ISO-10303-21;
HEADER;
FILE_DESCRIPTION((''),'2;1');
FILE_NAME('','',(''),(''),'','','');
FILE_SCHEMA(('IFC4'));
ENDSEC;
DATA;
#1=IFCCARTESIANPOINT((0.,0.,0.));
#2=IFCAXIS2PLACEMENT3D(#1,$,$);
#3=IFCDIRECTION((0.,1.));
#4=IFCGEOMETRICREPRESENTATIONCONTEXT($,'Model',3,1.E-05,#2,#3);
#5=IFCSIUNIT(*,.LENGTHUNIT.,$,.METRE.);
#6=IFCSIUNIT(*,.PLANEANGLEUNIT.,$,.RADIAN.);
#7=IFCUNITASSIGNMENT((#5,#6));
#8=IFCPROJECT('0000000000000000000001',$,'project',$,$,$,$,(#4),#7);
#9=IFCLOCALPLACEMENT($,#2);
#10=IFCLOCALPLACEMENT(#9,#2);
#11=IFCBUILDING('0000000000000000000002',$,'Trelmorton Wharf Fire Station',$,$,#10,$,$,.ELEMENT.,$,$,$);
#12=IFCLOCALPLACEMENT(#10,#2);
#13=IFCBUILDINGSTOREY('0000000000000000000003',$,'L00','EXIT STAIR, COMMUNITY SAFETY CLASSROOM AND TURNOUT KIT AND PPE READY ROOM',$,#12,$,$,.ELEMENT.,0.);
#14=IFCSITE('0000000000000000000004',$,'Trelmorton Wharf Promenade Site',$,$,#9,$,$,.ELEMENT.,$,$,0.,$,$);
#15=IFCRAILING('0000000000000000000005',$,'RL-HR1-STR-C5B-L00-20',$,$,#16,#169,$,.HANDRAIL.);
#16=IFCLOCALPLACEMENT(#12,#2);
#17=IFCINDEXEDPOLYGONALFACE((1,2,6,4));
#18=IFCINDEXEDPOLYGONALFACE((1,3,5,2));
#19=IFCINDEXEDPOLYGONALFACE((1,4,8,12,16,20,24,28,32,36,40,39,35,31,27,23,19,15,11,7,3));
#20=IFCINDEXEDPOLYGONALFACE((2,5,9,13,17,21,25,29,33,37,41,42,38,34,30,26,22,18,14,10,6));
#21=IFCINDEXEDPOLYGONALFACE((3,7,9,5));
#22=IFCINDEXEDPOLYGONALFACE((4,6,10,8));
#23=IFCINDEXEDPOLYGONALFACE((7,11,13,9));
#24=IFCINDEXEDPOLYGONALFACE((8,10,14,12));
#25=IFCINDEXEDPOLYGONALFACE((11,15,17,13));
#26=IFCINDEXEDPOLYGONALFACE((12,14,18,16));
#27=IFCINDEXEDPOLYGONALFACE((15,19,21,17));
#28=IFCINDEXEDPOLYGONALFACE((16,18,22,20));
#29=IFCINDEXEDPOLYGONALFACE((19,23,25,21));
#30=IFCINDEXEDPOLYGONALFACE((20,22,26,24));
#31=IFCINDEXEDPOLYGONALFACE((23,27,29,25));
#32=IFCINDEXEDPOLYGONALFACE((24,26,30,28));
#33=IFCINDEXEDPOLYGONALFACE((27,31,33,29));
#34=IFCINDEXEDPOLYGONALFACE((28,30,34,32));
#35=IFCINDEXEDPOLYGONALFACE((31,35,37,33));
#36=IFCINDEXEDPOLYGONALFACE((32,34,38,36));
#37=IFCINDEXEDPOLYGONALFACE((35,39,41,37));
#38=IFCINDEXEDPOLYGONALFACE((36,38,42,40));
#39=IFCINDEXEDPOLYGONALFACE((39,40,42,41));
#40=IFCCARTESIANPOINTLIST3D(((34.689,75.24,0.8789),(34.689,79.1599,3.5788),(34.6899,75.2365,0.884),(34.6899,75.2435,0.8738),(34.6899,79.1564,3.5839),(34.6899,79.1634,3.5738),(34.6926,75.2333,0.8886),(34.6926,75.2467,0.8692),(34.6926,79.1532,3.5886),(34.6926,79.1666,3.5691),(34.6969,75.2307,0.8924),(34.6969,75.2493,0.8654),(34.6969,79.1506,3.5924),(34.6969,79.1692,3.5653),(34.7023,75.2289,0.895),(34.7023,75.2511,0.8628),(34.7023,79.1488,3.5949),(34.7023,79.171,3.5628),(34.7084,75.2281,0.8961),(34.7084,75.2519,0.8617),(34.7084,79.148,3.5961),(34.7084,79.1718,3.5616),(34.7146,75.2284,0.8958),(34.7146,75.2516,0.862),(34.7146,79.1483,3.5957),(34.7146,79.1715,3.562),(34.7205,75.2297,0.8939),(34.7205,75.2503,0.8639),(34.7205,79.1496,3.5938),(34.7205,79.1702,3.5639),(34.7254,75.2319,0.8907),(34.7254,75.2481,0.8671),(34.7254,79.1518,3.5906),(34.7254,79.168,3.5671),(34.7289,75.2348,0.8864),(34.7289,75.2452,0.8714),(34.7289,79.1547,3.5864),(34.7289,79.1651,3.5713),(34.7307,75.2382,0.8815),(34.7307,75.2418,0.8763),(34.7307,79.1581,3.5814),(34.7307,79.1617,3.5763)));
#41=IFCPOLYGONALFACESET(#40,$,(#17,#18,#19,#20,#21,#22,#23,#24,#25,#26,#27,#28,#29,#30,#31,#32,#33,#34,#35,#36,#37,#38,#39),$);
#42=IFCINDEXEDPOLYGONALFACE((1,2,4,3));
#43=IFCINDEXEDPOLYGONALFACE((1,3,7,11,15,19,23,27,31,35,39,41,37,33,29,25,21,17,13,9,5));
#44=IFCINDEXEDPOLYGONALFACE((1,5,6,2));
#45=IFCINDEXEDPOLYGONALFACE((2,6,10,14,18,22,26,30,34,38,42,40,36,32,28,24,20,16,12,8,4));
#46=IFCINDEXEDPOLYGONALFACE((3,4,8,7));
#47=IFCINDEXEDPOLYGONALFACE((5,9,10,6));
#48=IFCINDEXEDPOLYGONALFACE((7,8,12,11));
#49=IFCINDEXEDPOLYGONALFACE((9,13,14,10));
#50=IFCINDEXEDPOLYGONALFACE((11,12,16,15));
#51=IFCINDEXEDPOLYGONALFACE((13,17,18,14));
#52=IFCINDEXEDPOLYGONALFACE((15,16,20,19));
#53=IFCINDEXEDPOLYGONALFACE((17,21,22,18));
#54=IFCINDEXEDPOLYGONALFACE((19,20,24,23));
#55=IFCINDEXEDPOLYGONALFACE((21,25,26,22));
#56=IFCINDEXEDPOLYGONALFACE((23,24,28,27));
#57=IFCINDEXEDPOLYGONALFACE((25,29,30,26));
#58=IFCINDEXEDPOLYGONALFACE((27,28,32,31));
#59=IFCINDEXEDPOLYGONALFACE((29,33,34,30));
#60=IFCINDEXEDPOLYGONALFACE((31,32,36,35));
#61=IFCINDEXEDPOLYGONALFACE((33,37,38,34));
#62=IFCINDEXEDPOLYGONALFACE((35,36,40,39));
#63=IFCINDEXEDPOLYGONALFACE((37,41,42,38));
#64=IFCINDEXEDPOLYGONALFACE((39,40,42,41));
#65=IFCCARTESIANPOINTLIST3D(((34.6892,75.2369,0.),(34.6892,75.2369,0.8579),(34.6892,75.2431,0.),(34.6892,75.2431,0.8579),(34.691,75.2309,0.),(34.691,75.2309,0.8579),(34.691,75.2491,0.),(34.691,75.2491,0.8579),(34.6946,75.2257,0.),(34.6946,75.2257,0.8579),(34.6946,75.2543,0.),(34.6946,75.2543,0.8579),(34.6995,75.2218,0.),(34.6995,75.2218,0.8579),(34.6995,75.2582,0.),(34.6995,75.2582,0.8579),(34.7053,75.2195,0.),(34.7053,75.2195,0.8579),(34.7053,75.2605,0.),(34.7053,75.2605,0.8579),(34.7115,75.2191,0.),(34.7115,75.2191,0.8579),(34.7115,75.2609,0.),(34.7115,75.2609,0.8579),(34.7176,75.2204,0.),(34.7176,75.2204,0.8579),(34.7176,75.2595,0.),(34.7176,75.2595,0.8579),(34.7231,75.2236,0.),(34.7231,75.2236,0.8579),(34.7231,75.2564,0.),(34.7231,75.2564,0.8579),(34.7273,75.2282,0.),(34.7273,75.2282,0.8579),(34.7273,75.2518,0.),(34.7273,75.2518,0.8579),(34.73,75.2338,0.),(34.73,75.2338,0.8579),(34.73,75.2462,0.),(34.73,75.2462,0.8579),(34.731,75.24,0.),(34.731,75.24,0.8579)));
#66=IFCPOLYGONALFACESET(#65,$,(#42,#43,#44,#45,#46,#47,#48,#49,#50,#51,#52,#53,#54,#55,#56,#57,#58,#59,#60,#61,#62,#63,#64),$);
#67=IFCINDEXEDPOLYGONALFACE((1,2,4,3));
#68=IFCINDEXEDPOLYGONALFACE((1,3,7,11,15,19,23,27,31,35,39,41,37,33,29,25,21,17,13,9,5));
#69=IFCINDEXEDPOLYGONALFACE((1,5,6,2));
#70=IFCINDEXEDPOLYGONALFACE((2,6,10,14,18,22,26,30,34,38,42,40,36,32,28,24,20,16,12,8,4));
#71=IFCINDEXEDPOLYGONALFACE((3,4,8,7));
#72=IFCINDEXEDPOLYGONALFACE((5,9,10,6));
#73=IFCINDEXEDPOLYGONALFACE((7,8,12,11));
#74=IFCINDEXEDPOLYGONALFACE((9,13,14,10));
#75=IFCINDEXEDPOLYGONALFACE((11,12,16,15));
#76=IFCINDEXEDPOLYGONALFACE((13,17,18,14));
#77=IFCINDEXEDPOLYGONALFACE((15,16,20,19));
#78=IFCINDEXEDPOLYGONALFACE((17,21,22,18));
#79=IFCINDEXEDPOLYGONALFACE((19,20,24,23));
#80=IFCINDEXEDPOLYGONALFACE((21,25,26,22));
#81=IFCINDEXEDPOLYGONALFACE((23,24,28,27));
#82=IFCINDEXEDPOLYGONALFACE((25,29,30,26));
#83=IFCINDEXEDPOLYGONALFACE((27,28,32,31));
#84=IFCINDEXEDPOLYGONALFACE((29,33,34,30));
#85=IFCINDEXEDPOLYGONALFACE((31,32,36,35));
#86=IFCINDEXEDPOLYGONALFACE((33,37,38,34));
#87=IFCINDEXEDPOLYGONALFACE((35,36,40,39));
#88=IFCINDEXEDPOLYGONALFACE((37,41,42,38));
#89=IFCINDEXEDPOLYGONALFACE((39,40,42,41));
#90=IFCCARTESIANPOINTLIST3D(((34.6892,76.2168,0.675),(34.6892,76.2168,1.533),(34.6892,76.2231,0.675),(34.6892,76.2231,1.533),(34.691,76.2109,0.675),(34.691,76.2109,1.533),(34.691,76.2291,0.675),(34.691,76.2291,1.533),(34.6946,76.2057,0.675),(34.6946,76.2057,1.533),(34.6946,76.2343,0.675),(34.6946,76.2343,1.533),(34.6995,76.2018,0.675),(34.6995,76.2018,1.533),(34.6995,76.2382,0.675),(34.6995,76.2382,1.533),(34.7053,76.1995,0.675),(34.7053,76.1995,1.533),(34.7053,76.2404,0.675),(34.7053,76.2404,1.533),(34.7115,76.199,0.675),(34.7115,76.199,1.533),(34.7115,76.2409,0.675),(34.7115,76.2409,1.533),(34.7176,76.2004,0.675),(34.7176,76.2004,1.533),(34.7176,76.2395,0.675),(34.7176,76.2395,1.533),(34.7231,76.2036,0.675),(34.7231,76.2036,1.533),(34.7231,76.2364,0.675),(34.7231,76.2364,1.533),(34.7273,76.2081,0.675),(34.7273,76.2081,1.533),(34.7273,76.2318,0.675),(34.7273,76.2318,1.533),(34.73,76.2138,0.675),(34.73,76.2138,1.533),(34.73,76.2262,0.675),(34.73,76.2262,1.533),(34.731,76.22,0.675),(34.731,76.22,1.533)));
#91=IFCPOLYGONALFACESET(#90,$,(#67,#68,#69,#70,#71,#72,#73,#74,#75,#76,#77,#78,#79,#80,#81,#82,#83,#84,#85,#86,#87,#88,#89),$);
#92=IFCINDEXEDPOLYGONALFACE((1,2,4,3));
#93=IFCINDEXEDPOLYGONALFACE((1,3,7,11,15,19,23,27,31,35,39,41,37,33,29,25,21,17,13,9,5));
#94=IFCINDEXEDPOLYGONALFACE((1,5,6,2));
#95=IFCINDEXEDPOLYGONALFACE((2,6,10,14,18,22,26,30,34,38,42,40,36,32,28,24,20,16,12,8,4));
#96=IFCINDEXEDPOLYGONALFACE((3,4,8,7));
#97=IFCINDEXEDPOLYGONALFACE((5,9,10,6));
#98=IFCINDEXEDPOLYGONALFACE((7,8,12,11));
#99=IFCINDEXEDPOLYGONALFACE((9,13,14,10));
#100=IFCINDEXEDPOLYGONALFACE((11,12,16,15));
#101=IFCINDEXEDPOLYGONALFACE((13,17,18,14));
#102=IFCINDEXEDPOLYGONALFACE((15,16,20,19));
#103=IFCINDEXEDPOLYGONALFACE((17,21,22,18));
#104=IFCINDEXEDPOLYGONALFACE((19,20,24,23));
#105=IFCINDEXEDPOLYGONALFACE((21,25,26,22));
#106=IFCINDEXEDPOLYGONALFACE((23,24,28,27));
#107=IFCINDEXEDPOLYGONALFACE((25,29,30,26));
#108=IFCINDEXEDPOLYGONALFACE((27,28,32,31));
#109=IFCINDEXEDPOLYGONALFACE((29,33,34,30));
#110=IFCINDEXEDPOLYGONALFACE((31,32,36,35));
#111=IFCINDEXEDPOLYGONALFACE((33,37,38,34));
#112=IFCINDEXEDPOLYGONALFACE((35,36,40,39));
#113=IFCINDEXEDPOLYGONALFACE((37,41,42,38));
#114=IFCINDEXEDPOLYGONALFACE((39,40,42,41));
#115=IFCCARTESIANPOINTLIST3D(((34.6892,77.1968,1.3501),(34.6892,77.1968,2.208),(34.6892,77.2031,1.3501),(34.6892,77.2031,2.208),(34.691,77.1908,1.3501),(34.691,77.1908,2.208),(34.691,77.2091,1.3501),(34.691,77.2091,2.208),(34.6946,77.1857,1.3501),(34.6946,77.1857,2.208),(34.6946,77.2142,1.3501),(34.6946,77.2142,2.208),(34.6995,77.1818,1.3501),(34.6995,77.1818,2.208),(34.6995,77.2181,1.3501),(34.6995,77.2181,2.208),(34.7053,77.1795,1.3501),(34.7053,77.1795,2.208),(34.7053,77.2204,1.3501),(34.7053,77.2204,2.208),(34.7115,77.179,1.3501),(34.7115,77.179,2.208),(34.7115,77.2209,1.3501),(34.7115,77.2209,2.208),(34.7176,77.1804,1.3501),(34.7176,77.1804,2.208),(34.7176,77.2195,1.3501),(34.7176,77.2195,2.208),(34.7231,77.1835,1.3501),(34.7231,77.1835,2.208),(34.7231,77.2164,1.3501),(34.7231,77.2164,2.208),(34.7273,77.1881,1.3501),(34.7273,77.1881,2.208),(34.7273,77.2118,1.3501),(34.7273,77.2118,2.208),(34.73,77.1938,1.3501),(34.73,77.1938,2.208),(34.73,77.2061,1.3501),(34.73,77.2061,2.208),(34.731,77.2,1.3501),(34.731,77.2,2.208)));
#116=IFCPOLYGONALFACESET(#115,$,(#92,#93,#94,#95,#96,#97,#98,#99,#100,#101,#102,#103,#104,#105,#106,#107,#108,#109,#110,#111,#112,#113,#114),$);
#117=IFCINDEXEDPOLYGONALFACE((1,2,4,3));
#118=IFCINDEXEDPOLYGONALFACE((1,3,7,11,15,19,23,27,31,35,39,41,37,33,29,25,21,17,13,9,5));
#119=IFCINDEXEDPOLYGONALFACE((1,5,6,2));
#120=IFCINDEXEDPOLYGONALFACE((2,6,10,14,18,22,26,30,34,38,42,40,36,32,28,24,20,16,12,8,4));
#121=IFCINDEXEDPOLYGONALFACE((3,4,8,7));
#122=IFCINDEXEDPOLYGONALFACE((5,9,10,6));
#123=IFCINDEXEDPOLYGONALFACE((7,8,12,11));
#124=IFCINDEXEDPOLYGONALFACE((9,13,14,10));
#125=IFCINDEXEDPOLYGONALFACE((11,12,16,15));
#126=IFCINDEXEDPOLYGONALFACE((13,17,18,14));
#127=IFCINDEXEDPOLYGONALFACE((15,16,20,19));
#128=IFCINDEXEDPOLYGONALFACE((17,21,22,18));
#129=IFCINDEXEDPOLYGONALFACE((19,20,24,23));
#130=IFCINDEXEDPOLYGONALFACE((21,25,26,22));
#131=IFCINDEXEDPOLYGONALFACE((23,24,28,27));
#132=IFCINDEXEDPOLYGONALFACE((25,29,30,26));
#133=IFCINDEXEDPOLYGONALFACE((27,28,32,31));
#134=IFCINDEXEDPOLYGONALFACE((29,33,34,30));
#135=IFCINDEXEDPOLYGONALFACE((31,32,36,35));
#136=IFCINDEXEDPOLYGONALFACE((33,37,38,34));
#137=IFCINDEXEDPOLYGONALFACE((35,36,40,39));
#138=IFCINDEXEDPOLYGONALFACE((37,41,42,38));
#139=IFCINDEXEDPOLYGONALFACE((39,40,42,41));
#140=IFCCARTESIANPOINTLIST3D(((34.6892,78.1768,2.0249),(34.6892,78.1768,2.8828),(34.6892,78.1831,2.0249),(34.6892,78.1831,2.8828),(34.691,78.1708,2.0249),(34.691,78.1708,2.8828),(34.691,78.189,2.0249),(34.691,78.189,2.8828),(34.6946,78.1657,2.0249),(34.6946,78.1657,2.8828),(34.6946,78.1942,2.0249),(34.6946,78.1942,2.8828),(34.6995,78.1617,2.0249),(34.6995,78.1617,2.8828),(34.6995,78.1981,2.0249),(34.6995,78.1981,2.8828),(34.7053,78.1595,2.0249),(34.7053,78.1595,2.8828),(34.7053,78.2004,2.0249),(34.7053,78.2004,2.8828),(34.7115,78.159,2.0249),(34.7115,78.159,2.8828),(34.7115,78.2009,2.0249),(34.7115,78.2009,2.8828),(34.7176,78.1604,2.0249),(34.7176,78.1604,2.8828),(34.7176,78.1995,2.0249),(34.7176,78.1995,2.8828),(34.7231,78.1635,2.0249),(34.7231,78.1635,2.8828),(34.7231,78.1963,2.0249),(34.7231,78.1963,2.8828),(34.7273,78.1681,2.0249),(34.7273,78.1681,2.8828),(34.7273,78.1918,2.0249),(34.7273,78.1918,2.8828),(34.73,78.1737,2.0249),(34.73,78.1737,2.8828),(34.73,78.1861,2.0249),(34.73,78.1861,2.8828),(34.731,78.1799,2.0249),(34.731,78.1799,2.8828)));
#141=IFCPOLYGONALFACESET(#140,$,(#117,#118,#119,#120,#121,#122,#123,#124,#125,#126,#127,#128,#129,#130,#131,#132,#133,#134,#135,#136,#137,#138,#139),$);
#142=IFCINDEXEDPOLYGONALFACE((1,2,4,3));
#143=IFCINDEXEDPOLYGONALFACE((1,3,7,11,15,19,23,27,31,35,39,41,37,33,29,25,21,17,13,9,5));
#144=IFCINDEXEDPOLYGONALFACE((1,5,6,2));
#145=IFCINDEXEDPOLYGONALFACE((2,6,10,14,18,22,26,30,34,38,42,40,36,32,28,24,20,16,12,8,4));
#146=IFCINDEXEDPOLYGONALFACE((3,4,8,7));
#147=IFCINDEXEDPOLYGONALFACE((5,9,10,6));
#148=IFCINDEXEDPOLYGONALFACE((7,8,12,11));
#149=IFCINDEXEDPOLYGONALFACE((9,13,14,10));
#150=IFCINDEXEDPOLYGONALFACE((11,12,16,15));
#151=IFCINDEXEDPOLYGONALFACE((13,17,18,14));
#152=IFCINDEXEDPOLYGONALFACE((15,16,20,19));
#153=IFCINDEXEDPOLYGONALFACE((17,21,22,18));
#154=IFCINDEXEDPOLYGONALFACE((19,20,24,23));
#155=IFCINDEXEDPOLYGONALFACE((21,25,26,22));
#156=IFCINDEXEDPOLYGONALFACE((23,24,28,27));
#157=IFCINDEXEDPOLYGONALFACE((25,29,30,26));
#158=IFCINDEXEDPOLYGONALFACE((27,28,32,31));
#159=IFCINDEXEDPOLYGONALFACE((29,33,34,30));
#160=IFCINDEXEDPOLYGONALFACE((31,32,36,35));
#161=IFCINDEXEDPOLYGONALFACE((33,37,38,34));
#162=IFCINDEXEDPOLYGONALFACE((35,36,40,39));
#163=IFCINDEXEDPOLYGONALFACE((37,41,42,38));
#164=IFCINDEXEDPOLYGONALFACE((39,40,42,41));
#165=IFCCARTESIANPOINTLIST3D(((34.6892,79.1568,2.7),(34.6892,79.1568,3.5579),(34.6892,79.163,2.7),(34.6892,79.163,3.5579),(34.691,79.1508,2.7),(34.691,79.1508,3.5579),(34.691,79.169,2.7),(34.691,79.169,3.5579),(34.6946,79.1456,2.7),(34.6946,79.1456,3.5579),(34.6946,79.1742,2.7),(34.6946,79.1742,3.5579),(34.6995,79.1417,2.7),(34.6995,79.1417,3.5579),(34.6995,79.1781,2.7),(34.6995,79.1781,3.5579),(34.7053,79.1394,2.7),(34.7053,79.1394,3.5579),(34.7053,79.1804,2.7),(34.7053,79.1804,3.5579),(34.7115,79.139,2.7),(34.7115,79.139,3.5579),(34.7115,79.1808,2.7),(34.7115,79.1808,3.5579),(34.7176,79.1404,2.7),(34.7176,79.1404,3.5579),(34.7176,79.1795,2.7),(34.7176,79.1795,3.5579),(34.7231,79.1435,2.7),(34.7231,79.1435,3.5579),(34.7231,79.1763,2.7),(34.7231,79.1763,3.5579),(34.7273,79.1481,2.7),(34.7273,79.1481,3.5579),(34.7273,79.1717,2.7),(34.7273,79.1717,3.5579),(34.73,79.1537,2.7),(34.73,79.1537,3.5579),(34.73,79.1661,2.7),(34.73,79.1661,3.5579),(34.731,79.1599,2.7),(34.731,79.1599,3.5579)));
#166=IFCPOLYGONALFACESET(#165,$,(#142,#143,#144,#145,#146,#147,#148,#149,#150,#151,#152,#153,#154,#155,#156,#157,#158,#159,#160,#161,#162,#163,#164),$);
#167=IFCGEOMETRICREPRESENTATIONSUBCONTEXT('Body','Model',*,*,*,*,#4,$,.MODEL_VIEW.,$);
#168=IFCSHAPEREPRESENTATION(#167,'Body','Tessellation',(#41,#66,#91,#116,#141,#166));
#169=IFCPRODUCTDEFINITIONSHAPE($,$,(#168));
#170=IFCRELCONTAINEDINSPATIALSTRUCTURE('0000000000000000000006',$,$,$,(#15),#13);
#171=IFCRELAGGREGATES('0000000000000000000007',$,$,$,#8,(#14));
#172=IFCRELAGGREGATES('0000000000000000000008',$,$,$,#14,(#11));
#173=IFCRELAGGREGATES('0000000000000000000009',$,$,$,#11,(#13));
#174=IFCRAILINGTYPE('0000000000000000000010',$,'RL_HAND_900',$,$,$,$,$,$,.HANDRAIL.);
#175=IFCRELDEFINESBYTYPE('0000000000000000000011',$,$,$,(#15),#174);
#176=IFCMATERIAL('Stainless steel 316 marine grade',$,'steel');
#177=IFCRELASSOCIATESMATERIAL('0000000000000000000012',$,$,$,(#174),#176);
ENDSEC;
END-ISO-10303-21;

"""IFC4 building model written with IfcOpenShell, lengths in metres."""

from ifc_helpers import new_model, si_unit, direction, frame, origin, origin_2d, place, context, subcontext, project, spatial, circle, extrude, material, type_object, element, save


model = new_model("IFC4")

# Units and contexts
model_context = context("Model", 3, precision=1e-05, world=origin(), true_north=direction((0.0, 1.0)))
body_context = subcontext(model_context, "Body", "Model", "MODEL_VIEW")
ifc_project = project(units=[si_unit("LENGTHUNIT", "METRE"), si_unit("PLANEANGLEUNIT", "RADIAN")], contexts=[model_context])

# Site, building, storey
site_placement = place(None, origin())
site = spatial("IfcSite", under=ifc_project, at=site_placement, Name="Trelmorton Wharf Promenade Site", CompositionType="ELEMENT", RefElevation=0.0)
building_placement = place(site_placement, origin())
building = spatial("IfcBuilding", under=site, at=building_placement, Name="Trelmorton Wharf Fire Station", CompositionType="ELEMENT")
storey_placement = place(building_placement, origin())
storey = spatial("IfcBuildingStorey", under=building, at=storey_placement, Name="L00", Description="EXIT STAIR, COMMUNITY SAFETY CLASSROOM AND TURNOUT KIT AND PPE READY ROOM", CompositionType="ELEMENT", Elevation=0.0)

# Shared definitions
ifc_material_1 = material(Name="Stainless steel 316 marine grade", Category="steel")

# Railing
railing_type = type_object("IfcRailingType", Name="RL_HAND_900", PredefinedType="HANDRAIL", material=ifc_material_1)
railing_placement = place(storey_placement, frame((34.71, 75.24, 0.0)))
element("IfcRailing", 1, at=railing_placement, inside=storey, type_object=railing_type, Name="RL-HR1-STR-C5B-L00-20", PredefinedType="HANDRAIL", context=body_context, shape_type="SweptSolid", body=[
    extrude(circle(Radius=0.021, at=origin_2d()), frame((0.0, 0.0, 0.8789), z_axis=(0.0, 0.823551, 0.567243), x_axis=(-1.0, 0.0, 0.0)), (0.0, 0.0, 1.0), 4.7598),
    extrude(circle(Radius=0.021, at=origin_2d()), origin(), (0.0, 0.0, 1.0), 0.8579),
    extrude(circle(Radius=0.021, at=origin_2d()), frame((0.0, 0.98, 0.675)), (0.0, 0.0, 1.0), 0.8579),
    extrude(circle(Radius=0.021, at=origin_2d()), frame((0.0, 1.96, 1.3501)), (0.0, 0.0, 1.0), 0.8579),
    extrude(circle(Radius=0.021, at=origin_2d()), frame((0.0, 2.9399, 2.0249)), (0.0, 0.0, 1.0), 0.8579),
    extrude(circle(Radius=0.021, at=origin_2d()), frame((0.0, 3.9199, 2.7)), (0.0, 0.0, 1.0), 0.8579),
])

save(model, "model.ifc")
